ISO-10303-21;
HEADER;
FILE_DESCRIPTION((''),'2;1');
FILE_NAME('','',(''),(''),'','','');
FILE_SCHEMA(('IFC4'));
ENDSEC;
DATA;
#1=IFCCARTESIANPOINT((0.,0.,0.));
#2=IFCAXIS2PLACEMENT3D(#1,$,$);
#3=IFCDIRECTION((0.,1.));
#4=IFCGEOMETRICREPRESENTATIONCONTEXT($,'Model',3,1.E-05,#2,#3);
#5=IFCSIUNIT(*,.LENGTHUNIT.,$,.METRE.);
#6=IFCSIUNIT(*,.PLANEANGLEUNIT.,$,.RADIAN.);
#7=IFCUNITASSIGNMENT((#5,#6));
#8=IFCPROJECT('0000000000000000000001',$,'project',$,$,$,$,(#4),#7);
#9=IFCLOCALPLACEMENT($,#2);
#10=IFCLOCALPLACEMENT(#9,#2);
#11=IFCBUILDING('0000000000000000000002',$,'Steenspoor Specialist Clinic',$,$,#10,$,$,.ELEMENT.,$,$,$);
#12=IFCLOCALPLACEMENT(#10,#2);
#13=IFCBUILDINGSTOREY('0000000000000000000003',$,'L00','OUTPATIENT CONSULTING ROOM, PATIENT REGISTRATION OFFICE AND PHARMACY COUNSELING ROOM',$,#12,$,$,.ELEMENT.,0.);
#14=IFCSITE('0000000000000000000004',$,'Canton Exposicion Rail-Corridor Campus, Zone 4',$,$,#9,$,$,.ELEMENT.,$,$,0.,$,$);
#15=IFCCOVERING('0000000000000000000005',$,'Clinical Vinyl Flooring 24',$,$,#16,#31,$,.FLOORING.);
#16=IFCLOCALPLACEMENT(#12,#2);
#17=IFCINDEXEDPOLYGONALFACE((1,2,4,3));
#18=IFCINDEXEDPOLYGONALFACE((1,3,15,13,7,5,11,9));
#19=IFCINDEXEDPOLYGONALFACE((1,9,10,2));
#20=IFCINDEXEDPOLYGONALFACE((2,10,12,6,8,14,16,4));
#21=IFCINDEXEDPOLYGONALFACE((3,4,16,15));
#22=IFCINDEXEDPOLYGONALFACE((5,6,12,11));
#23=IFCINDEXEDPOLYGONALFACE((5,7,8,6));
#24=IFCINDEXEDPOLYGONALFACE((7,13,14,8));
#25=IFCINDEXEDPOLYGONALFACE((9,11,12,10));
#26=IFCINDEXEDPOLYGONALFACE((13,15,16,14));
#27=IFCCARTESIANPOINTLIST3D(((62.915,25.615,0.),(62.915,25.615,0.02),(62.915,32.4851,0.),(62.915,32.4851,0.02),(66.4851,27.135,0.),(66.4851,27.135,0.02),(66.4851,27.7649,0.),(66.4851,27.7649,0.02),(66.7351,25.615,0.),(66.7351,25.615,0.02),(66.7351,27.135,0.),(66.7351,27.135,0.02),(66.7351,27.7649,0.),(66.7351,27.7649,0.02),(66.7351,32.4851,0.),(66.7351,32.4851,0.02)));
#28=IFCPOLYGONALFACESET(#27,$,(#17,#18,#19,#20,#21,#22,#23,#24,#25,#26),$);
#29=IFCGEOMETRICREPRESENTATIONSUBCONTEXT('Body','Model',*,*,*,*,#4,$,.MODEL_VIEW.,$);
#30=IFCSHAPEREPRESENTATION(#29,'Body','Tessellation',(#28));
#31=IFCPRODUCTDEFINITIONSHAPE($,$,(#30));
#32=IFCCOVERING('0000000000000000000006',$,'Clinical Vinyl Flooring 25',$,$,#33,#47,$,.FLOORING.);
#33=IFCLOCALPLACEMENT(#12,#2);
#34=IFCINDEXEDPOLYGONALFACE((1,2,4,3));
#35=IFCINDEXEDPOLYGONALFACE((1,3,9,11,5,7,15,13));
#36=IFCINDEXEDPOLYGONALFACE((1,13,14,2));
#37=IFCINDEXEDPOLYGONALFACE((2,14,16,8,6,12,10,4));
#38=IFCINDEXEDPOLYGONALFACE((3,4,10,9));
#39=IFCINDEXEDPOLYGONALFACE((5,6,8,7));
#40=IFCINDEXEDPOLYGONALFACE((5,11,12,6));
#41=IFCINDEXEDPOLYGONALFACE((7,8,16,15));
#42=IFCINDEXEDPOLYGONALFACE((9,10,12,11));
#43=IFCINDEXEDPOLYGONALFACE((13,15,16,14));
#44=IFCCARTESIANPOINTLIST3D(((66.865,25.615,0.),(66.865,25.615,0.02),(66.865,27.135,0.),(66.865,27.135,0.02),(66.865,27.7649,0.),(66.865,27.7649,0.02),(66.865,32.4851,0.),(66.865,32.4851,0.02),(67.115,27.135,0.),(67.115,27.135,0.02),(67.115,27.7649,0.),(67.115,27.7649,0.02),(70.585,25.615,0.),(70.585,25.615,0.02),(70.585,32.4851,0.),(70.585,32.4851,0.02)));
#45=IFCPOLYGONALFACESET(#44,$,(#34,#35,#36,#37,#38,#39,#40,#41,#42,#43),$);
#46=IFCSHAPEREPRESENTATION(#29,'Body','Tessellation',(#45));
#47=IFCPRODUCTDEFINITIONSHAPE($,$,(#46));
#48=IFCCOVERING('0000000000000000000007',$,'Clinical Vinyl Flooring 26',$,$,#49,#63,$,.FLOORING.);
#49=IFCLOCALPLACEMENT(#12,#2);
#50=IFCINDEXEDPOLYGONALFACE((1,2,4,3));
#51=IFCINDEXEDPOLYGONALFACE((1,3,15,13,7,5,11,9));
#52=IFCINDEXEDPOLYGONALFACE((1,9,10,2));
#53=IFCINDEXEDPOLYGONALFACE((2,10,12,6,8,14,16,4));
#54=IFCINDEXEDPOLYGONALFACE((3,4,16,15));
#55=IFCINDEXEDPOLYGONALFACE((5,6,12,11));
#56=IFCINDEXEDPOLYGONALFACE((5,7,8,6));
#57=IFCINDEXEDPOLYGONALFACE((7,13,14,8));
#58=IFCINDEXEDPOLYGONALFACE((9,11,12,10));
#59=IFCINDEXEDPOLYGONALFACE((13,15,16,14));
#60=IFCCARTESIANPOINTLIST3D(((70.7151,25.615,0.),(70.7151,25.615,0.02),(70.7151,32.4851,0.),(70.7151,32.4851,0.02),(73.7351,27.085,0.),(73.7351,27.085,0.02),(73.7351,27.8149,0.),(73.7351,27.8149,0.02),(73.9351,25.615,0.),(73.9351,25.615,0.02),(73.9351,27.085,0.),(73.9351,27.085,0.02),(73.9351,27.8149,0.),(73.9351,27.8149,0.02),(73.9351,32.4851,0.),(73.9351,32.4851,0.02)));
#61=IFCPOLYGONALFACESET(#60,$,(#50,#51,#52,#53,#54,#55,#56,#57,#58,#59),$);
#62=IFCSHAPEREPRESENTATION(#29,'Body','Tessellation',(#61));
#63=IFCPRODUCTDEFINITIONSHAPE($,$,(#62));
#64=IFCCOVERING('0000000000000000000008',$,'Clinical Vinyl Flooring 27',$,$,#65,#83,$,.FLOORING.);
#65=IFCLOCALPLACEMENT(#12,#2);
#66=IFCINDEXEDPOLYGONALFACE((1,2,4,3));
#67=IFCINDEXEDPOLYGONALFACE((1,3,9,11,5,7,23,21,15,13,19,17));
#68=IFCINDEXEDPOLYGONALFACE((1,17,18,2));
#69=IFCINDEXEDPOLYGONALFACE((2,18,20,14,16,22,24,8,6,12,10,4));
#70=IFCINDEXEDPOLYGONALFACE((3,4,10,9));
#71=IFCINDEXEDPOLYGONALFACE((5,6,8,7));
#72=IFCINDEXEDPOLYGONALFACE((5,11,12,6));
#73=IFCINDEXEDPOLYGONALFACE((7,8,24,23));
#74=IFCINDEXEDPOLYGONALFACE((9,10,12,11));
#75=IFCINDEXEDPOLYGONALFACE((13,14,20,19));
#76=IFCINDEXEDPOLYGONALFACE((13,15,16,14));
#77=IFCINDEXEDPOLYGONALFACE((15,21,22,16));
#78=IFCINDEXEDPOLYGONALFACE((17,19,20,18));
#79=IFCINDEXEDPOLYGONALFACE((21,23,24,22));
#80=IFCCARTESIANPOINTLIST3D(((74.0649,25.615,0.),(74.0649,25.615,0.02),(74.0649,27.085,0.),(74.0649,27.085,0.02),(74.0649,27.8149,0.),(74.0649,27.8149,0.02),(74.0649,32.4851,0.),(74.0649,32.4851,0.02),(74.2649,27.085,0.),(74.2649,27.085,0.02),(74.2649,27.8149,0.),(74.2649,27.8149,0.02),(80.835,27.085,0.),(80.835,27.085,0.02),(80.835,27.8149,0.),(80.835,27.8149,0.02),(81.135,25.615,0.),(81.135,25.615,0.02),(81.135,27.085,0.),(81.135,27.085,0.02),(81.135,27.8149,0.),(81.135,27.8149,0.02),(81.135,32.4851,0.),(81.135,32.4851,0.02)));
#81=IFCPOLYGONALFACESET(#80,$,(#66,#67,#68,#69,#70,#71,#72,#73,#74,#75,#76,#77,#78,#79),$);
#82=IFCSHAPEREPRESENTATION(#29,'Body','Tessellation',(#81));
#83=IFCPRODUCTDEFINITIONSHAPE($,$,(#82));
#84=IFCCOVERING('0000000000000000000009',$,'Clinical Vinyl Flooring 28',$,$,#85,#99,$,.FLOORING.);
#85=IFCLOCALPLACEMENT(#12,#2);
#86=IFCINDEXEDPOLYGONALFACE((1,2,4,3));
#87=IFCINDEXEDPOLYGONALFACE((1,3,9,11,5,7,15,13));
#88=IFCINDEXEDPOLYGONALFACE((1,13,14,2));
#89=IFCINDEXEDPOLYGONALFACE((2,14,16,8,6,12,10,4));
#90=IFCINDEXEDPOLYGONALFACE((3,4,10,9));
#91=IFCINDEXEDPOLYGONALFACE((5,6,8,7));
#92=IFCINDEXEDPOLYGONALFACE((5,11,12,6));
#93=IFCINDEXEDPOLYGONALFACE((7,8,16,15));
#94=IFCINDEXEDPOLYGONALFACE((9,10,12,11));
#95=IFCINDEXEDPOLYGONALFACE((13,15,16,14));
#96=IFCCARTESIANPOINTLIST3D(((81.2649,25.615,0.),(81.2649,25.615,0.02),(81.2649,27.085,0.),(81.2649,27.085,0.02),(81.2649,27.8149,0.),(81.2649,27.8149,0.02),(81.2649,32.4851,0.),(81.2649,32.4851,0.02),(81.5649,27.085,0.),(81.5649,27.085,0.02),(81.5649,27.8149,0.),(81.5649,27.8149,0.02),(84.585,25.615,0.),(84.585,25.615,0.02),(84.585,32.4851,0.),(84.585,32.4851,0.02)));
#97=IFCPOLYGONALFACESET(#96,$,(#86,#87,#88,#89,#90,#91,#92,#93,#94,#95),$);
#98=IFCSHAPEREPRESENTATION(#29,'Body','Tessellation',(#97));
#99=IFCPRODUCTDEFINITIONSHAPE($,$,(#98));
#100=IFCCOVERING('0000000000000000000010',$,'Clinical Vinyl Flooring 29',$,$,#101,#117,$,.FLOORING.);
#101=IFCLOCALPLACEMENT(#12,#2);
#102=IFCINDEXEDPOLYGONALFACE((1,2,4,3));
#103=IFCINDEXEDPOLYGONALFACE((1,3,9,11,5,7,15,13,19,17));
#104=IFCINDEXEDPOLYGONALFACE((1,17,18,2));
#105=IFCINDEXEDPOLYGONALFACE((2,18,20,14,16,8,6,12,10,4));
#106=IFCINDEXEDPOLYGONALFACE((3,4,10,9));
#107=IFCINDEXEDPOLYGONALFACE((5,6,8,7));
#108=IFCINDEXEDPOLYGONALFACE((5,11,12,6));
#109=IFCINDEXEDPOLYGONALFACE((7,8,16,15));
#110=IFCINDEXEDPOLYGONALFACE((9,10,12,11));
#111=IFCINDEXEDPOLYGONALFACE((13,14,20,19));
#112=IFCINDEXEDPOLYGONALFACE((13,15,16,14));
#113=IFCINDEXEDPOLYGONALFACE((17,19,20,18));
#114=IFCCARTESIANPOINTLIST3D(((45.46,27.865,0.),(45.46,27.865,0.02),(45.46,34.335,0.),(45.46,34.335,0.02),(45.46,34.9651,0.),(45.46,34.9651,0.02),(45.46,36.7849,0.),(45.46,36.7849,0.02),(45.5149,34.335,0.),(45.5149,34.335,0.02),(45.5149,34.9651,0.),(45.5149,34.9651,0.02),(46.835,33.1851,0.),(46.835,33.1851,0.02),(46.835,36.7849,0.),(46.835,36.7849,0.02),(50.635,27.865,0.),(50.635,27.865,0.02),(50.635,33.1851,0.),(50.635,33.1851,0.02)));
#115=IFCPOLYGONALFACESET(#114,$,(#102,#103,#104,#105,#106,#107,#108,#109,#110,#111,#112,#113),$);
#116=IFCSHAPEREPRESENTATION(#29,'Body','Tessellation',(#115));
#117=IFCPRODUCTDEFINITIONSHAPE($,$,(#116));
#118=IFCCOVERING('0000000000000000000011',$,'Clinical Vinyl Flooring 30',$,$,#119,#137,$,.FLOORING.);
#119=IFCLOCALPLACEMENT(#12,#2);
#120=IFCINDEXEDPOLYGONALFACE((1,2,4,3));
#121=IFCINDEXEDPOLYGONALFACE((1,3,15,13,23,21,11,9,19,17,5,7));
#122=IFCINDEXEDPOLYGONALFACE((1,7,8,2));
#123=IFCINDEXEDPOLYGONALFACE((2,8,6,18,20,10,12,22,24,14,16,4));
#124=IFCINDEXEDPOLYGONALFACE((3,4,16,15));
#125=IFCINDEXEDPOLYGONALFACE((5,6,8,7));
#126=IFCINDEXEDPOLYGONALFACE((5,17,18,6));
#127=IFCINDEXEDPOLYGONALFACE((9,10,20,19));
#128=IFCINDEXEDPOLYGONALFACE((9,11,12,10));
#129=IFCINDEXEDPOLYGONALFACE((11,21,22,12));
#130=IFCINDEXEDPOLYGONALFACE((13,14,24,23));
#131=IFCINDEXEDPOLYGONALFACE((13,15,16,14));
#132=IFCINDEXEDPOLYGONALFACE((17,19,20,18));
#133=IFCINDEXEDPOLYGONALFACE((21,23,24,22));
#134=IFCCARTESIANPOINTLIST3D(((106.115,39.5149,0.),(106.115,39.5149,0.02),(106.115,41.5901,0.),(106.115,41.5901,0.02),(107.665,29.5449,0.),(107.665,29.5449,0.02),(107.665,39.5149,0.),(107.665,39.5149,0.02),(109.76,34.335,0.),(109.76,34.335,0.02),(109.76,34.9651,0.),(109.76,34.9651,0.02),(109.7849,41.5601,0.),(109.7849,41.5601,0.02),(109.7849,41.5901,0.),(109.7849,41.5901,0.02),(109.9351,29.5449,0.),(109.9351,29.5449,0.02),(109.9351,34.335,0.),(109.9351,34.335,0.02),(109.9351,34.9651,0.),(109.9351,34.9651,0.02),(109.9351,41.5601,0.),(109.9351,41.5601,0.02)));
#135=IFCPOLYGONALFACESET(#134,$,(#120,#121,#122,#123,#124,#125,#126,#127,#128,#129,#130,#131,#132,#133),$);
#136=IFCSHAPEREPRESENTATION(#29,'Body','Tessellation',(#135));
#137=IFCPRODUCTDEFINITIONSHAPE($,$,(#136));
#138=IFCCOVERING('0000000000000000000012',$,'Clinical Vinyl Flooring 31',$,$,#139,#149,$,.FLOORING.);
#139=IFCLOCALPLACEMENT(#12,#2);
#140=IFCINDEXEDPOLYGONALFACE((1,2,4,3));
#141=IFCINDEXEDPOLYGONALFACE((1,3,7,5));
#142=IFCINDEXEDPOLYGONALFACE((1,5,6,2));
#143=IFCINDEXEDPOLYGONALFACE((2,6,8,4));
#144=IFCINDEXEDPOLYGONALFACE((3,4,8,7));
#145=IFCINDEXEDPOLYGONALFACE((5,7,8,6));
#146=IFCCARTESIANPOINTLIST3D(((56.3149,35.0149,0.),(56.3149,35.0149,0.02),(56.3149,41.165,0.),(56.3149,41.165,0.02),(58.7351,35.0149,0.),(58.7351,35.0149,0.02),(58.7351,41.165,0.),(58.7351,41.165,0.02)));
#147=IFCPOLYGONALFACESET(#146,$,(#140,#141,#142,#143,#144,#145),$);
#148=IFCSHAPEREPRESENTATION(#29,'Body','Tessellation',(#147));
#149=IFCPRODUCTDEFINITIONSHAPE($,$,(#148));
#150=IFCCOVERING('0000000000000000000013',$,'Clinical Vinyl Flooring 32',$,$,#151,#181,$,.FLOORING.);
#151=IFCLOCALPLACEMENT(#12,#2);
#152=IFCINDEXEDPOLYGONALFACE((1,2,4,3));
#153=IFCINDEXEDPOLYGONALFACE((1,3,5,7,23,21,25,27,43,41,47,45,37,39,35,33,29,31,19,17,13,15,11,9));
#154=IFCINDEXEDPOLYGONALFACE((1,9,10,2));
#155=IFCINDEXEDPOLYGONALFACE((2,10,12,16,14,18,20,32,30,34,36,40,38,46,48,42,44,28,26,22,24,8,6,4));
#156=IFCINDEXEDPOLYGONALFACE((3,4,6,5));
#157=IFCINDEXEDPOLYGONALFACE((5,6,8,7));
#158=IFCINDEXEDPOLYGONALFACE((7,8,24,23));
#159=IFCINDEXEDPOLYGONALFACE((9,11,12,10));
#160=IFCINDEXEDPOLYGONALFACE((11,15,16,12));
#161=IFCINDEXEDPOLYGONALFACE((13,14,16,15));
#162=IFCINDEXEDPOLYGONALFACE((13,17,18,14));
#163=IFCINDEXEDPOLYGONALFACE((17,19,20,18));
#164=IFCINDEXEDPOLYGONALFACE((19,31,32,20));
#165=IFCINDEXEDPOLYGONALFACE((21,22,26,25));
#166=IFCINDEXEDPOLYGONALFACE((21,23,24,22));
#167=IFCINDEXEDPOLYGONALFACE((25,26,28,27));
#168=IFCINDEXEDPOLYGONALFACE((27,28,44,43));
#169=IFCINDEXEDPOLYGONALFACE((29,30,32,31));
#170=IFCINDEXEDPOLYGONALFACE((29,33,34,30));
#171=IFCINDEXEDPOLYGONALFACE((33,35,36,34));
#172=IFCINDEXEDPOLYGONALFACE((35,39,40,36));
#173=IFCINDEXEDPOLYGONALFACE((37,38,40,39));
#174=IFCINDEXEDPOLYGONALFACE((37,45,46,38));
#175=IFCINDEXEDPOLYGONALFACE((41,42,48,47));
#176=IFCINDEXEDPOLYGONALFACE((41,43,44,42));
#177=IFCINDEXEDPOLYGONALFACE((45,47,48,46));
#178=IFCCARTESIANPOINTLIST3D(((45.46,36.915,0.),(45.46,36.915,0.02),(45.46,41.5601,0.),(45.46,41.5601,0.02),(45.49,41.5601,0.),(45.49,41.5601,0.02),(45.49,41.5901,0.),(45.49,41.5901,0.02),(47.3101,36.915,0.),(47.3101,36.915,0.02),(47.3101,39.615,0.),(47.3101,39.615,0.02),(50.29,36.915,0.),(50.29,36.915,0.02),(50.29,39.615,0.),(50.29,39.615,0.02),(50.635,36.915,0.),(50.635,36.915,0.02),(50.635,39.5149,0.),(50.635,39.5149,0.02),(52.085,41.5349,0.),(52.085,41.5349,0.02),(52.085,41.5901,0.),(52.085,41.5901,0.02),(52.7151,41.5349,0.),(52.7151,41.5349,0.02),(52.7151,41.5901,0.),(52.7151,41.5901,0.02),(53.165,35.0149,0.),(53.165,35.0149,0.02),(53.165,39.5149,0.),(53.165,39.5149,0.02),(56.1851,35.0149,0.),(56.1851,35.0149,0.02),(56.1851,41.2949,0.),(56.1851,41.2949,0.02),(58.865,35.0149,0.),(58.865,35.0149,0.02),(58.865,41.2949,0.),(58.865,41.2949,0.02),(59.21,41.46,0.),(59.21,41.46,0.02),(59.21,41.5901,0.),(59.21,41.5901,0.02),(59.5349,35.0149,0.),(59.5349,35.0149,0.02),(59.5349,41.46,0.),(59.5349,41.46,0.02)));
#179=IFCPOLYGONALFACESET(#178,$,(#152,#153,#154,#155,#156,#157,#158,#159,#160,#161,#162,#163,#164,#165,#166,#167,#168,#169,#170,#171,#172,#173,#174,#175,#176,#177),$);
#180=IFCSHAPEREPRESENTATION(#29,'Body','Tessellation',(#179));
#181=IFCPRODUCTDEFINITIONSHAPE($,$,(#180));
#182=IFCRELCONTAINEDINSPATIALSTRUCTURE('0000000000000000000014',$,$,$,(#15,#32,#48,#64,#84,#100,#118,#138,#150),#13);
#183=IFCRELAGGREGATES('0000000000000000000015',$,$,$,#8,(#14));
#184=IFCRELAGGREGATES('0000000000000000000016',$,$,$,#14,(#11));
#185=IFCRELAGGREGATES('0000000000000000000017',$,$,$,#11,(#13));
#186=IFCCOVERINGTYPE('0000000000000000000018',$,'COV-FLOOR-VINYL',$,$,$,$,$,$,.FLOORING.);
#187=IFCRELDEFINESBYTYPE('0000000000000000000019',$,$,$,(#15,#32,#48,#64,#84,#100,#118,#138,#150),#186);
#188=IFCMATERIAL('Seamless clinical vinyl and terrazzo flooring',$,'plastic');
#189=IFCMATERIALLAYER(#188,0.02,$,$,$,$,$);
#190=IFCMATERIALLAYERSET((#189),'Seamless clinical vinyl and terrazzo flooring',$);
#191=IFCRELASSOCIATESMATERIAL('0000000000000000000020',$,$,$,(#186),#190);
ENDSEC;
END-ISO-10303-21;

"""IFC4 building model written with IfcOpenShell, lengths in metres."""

from ifc_helpers import new_model, si_unit, direction, origin, place, context, subcontext, project, spatial, polyline, outline, extrude, material, layer, layer_set, type_object, element, save


model = new_model("IFC4")

# Units and contexts
model_context = context("Model", 3, precision=1e-05, world=origin(), true_north=direction((0.0, 1.0)))
body_context = subcontext(model_context, "Body", "Model", "MODEL_VIEW")
ifc_project = project(units=[si_unit("LENGTHUNIT", "METRE"), si_unit("PLANEANGLEUNIT", "RADIAN")], contexts=[model_context])

# Site, building, storey
site_placement = place(None, origin())
site = spatial("IfcSite", under=ifc_project, at=site_placement, Name="Canton Exposicion Rail-Corridor Campus, Zone 4", CompositionType="ELEMENT", RefElevation=0.0)
building_placement = place(site_placement, origin())
building = spatial("IfcBuilding", under=site, at=building_placement, Name="Steenspoor Specialist Clinic", CompositionType="ELEMENT")
storey_placement = place(building_placement, origin())
storey = spatial("IfcBuildingStorey", under=building, at=storey_placement, Name="L00", Description="OUTPATIENT CONSULTING ROOM, PATIENT REGISTRATION OFFICE AND PHARMACY COUNSELING ROOM", CompositionType="ELEMENT", Elevation=0.0)

# Coverings
ifc_material_1 = material(Name="Seamless clinical vinyl and terrazzo flooring", Category="plastic")
ifc_layer_1 = layer(ifc_material_1, 0.02)
ifc_layer_set_1 = layer_set([ifc_layer_1], Name="Seamless clinical vinyl and terrazzo flooring")
covering_type_1 = type_object("IfcCoveringType", Name="COV-FLOOR-VINYL", PredefinedType="FLOORING", material=ifc_layer_set_1)
covering_1_placement = place(storey_placement, origin())
element("IfcCovering", 1, at=covering_1_placement, inside=storey, type_object=covering_type_1, Name="Clinical Vinyl Flooring 24", PredefinedType="FLOORING", context=body_context, shape_type="SweptSolid", body=[
    extrude(outline(polyline([(66.7351, 32.4851), (66.7351, 27.7649), (66.4851, 27.7649), (66.4851, 27.135), (66.7351, 27.135), (66.7351, 25.615), (62.915, 25.615), (62.915, 32.4851), (66.7351, 32.4851)])), origin(), (0.0, 0.0, 1.0), 0.02),
])
covering_2_placement = place(storey_placement, origin())
element("IfcCovering", 2, at=covering_2_placement, inside=storey, type_object=covering_type_1, Name="Clinical Vinyl Flooring 25", PredefinedType="FLOORING", context=body_context, shape_type="SweptSolid", body=[
    extrude(outline(polyline([(70.585, 32.4851), (70.585, 25.615), (66.865, 25.615), (66.865, 27.135), (67.115, 27.135), (67.115, 27.7649), (66.865, 27.7649), (66.865, 32.4851), (70.585, 32.4851)])), origin(), (0.0, 0.0, 1.0), 0.02),
])
covering_3_placement = place(storey_placement, origin())
element("IfcCovering", 3, at=covering_3_placement, inside=storey, type_object=covering_type_1, Name="Clinical Vinyl Flooring 26", PredefinedType="FLOORING", context=body_context, shape_type="SweptSolid", body=[
    extrude(outline(polyline([(73.9351, 32.4851), (73.9351, 27.8149), (73.7351, 27.8149), (73.7351, 27.085), (73.9351, 27.085), (73.9351, 25.615), (70.7151, 25.615), (70.7151, 32.4851), (73.9351, 32.4851)])), origin(), (0.0, 0.0, 1.0), 0.02),
])
covering_4_placement = place(storey_placement, origin())
element("IfcCovering", 4, at=covering_4_placement, inside=storey, type_object=covering_type_1, Name="Clinical Vinyl Flooring 27", PredefinedType="FLOORING", context=body_context, shape_type="SweptSolid", body=[
    extrude(outline(polyline([(81.135, 32.4851), (81.135, 27.8149), (80.835, 27.8149), (80.835, 27.085), (81.135, 27.085), (81.135, 25.615), (74.0649, 25.615), (74.0649, 27.085), (74.2649, 27.085), (74.2649, 27.8149), (74.0649, 27.8149), (74.0649, 32.4851), (81.135, 32.4851)])), origin(), (0.0, 0.0, 1.0), 0.02),
])
covering_5_placement = place(storey_placement, origin())
element("IfcCovering", 5, at=covering_5_placement, inside=storey, type_object=covering_type_1, Name="Clinical Vinyl Flooring 28", PredefinedType="FLOORING", context=body_context, shape_type="SweptSolid", body=[
    extrude(outline(polyline([(84.585, 32.4851), (84.585, 25.615), (81.2649, 25.615), (81.2649, 27.085), (81.5649, 27.085), (81.5649, 27.8149), (81.2649, 27.8149), (81.2649, 32.4851), (84.585, 32.4851)])), origin(), (0.0, 0.0, 1.0), 0.02),
])
covering_6_placement = place(storey_placement, origin())
element("IfcCovering", 6, at=covering_6_placement, inside=storey, type_object=covering_type_1, Name="Clinical Vinyl Flooring 29", PredefinedType="FLOORING", context=body_context, shape_type="SweptSolid", body=[
    extrude(outline(polyline([(45.46, 27.865), (45.46, 34.335), (45.5149, 34.335), (45.5149, 34.9651), (45.46, 34.9651), (45.46, 36.7849), (46.835, 36.7849), (46.835, 33.1851), (50.635, 33.1851), (50.635, 27.865), (45.46, 27.865)])), origin(), (0.0, 0.0, 1.0), 0.02),
])
covering_7_placement = place(storey_placement, origin())
element("IfcCovering", 7, at=covering_7_placement, inside=storey, type_object=covering_type_1, Name="Clinical Vinyl Flooring 30", PredefinedType="FLOORING", context=body_context, shape_type="SweptSolid", body=[
    extrude(outline(polyline([(106.115, 39.5149), (106.115, 41.5901), (109.7849, 41.5901), (109.7849, 41.5601), (109.9351, 41.5601), (109.9351, 34.9651), (109.76, 34.9651), (109.76, 34.335), (109.9351, 34.335), (109.9351, 29.5449), (107.665, 29.5449), (107.665, 39.5149), (106.115, 39.5149)])), origin(), (0.0, 0.0, 1.0), 0.02),
])
covering_8_placement = place(storey_placement, origin())
element("IfcCovering", 8, at=covering_8_placement, inside=storey, type_object=covering_type_1, Name="Clinical Vinyl Flooring 31", PredefinedType="FLOORING", context=body_context, shape_type="SweptSolid", body=[
    extrude(outline(polyline([(58.7351, 41.165), (58.7351, 35.0149), (56.3149, 35.0149), (56.3149, 41.165), (58.7351, 41.165)])), origin(), (0.0, 0.0, 1.0), 0.02),
])
covering_9_placement = place(storey_placement, origin())
element("IfcCovering", 9, at=covering_9_placement, inside=storey, type_object=covering_type_1, Name="Clinical Vinyl Flooring 32", PredefinedType="FLOORING", context=body_context, shape_type="SweptSolid", body=[
    extrude(outline(polyline([(58.865, 35.0149), (58.865, 41.2949), (56.1851, 41.2949), (56.1851, 35.0149), (53.165, 35.0149), (53.165, 39.5149), (50.635, 39.5149), (50.635, 36.915), (50.29, 36.915), (50.29, 39.615), (47.3101, 39.615), (47.3101, 36.915), (45.46, 36.915), (45.46, 41.5601), (45.49, 41.5601), (45.49, 41.5901), (52.085, 41.5901), (52.085, 41.5349), (52.7151, 41.5349), (52.7151, 41.5901), (59.21, 41.5901), (59.21, 41.46), (59.5349, 41.46), (59.5349, 35.0149), (58.865, 35.0149)])), origin(), (0.0, 0.0, 1.0), 0.02),
])

save(model, "model.ifc")
